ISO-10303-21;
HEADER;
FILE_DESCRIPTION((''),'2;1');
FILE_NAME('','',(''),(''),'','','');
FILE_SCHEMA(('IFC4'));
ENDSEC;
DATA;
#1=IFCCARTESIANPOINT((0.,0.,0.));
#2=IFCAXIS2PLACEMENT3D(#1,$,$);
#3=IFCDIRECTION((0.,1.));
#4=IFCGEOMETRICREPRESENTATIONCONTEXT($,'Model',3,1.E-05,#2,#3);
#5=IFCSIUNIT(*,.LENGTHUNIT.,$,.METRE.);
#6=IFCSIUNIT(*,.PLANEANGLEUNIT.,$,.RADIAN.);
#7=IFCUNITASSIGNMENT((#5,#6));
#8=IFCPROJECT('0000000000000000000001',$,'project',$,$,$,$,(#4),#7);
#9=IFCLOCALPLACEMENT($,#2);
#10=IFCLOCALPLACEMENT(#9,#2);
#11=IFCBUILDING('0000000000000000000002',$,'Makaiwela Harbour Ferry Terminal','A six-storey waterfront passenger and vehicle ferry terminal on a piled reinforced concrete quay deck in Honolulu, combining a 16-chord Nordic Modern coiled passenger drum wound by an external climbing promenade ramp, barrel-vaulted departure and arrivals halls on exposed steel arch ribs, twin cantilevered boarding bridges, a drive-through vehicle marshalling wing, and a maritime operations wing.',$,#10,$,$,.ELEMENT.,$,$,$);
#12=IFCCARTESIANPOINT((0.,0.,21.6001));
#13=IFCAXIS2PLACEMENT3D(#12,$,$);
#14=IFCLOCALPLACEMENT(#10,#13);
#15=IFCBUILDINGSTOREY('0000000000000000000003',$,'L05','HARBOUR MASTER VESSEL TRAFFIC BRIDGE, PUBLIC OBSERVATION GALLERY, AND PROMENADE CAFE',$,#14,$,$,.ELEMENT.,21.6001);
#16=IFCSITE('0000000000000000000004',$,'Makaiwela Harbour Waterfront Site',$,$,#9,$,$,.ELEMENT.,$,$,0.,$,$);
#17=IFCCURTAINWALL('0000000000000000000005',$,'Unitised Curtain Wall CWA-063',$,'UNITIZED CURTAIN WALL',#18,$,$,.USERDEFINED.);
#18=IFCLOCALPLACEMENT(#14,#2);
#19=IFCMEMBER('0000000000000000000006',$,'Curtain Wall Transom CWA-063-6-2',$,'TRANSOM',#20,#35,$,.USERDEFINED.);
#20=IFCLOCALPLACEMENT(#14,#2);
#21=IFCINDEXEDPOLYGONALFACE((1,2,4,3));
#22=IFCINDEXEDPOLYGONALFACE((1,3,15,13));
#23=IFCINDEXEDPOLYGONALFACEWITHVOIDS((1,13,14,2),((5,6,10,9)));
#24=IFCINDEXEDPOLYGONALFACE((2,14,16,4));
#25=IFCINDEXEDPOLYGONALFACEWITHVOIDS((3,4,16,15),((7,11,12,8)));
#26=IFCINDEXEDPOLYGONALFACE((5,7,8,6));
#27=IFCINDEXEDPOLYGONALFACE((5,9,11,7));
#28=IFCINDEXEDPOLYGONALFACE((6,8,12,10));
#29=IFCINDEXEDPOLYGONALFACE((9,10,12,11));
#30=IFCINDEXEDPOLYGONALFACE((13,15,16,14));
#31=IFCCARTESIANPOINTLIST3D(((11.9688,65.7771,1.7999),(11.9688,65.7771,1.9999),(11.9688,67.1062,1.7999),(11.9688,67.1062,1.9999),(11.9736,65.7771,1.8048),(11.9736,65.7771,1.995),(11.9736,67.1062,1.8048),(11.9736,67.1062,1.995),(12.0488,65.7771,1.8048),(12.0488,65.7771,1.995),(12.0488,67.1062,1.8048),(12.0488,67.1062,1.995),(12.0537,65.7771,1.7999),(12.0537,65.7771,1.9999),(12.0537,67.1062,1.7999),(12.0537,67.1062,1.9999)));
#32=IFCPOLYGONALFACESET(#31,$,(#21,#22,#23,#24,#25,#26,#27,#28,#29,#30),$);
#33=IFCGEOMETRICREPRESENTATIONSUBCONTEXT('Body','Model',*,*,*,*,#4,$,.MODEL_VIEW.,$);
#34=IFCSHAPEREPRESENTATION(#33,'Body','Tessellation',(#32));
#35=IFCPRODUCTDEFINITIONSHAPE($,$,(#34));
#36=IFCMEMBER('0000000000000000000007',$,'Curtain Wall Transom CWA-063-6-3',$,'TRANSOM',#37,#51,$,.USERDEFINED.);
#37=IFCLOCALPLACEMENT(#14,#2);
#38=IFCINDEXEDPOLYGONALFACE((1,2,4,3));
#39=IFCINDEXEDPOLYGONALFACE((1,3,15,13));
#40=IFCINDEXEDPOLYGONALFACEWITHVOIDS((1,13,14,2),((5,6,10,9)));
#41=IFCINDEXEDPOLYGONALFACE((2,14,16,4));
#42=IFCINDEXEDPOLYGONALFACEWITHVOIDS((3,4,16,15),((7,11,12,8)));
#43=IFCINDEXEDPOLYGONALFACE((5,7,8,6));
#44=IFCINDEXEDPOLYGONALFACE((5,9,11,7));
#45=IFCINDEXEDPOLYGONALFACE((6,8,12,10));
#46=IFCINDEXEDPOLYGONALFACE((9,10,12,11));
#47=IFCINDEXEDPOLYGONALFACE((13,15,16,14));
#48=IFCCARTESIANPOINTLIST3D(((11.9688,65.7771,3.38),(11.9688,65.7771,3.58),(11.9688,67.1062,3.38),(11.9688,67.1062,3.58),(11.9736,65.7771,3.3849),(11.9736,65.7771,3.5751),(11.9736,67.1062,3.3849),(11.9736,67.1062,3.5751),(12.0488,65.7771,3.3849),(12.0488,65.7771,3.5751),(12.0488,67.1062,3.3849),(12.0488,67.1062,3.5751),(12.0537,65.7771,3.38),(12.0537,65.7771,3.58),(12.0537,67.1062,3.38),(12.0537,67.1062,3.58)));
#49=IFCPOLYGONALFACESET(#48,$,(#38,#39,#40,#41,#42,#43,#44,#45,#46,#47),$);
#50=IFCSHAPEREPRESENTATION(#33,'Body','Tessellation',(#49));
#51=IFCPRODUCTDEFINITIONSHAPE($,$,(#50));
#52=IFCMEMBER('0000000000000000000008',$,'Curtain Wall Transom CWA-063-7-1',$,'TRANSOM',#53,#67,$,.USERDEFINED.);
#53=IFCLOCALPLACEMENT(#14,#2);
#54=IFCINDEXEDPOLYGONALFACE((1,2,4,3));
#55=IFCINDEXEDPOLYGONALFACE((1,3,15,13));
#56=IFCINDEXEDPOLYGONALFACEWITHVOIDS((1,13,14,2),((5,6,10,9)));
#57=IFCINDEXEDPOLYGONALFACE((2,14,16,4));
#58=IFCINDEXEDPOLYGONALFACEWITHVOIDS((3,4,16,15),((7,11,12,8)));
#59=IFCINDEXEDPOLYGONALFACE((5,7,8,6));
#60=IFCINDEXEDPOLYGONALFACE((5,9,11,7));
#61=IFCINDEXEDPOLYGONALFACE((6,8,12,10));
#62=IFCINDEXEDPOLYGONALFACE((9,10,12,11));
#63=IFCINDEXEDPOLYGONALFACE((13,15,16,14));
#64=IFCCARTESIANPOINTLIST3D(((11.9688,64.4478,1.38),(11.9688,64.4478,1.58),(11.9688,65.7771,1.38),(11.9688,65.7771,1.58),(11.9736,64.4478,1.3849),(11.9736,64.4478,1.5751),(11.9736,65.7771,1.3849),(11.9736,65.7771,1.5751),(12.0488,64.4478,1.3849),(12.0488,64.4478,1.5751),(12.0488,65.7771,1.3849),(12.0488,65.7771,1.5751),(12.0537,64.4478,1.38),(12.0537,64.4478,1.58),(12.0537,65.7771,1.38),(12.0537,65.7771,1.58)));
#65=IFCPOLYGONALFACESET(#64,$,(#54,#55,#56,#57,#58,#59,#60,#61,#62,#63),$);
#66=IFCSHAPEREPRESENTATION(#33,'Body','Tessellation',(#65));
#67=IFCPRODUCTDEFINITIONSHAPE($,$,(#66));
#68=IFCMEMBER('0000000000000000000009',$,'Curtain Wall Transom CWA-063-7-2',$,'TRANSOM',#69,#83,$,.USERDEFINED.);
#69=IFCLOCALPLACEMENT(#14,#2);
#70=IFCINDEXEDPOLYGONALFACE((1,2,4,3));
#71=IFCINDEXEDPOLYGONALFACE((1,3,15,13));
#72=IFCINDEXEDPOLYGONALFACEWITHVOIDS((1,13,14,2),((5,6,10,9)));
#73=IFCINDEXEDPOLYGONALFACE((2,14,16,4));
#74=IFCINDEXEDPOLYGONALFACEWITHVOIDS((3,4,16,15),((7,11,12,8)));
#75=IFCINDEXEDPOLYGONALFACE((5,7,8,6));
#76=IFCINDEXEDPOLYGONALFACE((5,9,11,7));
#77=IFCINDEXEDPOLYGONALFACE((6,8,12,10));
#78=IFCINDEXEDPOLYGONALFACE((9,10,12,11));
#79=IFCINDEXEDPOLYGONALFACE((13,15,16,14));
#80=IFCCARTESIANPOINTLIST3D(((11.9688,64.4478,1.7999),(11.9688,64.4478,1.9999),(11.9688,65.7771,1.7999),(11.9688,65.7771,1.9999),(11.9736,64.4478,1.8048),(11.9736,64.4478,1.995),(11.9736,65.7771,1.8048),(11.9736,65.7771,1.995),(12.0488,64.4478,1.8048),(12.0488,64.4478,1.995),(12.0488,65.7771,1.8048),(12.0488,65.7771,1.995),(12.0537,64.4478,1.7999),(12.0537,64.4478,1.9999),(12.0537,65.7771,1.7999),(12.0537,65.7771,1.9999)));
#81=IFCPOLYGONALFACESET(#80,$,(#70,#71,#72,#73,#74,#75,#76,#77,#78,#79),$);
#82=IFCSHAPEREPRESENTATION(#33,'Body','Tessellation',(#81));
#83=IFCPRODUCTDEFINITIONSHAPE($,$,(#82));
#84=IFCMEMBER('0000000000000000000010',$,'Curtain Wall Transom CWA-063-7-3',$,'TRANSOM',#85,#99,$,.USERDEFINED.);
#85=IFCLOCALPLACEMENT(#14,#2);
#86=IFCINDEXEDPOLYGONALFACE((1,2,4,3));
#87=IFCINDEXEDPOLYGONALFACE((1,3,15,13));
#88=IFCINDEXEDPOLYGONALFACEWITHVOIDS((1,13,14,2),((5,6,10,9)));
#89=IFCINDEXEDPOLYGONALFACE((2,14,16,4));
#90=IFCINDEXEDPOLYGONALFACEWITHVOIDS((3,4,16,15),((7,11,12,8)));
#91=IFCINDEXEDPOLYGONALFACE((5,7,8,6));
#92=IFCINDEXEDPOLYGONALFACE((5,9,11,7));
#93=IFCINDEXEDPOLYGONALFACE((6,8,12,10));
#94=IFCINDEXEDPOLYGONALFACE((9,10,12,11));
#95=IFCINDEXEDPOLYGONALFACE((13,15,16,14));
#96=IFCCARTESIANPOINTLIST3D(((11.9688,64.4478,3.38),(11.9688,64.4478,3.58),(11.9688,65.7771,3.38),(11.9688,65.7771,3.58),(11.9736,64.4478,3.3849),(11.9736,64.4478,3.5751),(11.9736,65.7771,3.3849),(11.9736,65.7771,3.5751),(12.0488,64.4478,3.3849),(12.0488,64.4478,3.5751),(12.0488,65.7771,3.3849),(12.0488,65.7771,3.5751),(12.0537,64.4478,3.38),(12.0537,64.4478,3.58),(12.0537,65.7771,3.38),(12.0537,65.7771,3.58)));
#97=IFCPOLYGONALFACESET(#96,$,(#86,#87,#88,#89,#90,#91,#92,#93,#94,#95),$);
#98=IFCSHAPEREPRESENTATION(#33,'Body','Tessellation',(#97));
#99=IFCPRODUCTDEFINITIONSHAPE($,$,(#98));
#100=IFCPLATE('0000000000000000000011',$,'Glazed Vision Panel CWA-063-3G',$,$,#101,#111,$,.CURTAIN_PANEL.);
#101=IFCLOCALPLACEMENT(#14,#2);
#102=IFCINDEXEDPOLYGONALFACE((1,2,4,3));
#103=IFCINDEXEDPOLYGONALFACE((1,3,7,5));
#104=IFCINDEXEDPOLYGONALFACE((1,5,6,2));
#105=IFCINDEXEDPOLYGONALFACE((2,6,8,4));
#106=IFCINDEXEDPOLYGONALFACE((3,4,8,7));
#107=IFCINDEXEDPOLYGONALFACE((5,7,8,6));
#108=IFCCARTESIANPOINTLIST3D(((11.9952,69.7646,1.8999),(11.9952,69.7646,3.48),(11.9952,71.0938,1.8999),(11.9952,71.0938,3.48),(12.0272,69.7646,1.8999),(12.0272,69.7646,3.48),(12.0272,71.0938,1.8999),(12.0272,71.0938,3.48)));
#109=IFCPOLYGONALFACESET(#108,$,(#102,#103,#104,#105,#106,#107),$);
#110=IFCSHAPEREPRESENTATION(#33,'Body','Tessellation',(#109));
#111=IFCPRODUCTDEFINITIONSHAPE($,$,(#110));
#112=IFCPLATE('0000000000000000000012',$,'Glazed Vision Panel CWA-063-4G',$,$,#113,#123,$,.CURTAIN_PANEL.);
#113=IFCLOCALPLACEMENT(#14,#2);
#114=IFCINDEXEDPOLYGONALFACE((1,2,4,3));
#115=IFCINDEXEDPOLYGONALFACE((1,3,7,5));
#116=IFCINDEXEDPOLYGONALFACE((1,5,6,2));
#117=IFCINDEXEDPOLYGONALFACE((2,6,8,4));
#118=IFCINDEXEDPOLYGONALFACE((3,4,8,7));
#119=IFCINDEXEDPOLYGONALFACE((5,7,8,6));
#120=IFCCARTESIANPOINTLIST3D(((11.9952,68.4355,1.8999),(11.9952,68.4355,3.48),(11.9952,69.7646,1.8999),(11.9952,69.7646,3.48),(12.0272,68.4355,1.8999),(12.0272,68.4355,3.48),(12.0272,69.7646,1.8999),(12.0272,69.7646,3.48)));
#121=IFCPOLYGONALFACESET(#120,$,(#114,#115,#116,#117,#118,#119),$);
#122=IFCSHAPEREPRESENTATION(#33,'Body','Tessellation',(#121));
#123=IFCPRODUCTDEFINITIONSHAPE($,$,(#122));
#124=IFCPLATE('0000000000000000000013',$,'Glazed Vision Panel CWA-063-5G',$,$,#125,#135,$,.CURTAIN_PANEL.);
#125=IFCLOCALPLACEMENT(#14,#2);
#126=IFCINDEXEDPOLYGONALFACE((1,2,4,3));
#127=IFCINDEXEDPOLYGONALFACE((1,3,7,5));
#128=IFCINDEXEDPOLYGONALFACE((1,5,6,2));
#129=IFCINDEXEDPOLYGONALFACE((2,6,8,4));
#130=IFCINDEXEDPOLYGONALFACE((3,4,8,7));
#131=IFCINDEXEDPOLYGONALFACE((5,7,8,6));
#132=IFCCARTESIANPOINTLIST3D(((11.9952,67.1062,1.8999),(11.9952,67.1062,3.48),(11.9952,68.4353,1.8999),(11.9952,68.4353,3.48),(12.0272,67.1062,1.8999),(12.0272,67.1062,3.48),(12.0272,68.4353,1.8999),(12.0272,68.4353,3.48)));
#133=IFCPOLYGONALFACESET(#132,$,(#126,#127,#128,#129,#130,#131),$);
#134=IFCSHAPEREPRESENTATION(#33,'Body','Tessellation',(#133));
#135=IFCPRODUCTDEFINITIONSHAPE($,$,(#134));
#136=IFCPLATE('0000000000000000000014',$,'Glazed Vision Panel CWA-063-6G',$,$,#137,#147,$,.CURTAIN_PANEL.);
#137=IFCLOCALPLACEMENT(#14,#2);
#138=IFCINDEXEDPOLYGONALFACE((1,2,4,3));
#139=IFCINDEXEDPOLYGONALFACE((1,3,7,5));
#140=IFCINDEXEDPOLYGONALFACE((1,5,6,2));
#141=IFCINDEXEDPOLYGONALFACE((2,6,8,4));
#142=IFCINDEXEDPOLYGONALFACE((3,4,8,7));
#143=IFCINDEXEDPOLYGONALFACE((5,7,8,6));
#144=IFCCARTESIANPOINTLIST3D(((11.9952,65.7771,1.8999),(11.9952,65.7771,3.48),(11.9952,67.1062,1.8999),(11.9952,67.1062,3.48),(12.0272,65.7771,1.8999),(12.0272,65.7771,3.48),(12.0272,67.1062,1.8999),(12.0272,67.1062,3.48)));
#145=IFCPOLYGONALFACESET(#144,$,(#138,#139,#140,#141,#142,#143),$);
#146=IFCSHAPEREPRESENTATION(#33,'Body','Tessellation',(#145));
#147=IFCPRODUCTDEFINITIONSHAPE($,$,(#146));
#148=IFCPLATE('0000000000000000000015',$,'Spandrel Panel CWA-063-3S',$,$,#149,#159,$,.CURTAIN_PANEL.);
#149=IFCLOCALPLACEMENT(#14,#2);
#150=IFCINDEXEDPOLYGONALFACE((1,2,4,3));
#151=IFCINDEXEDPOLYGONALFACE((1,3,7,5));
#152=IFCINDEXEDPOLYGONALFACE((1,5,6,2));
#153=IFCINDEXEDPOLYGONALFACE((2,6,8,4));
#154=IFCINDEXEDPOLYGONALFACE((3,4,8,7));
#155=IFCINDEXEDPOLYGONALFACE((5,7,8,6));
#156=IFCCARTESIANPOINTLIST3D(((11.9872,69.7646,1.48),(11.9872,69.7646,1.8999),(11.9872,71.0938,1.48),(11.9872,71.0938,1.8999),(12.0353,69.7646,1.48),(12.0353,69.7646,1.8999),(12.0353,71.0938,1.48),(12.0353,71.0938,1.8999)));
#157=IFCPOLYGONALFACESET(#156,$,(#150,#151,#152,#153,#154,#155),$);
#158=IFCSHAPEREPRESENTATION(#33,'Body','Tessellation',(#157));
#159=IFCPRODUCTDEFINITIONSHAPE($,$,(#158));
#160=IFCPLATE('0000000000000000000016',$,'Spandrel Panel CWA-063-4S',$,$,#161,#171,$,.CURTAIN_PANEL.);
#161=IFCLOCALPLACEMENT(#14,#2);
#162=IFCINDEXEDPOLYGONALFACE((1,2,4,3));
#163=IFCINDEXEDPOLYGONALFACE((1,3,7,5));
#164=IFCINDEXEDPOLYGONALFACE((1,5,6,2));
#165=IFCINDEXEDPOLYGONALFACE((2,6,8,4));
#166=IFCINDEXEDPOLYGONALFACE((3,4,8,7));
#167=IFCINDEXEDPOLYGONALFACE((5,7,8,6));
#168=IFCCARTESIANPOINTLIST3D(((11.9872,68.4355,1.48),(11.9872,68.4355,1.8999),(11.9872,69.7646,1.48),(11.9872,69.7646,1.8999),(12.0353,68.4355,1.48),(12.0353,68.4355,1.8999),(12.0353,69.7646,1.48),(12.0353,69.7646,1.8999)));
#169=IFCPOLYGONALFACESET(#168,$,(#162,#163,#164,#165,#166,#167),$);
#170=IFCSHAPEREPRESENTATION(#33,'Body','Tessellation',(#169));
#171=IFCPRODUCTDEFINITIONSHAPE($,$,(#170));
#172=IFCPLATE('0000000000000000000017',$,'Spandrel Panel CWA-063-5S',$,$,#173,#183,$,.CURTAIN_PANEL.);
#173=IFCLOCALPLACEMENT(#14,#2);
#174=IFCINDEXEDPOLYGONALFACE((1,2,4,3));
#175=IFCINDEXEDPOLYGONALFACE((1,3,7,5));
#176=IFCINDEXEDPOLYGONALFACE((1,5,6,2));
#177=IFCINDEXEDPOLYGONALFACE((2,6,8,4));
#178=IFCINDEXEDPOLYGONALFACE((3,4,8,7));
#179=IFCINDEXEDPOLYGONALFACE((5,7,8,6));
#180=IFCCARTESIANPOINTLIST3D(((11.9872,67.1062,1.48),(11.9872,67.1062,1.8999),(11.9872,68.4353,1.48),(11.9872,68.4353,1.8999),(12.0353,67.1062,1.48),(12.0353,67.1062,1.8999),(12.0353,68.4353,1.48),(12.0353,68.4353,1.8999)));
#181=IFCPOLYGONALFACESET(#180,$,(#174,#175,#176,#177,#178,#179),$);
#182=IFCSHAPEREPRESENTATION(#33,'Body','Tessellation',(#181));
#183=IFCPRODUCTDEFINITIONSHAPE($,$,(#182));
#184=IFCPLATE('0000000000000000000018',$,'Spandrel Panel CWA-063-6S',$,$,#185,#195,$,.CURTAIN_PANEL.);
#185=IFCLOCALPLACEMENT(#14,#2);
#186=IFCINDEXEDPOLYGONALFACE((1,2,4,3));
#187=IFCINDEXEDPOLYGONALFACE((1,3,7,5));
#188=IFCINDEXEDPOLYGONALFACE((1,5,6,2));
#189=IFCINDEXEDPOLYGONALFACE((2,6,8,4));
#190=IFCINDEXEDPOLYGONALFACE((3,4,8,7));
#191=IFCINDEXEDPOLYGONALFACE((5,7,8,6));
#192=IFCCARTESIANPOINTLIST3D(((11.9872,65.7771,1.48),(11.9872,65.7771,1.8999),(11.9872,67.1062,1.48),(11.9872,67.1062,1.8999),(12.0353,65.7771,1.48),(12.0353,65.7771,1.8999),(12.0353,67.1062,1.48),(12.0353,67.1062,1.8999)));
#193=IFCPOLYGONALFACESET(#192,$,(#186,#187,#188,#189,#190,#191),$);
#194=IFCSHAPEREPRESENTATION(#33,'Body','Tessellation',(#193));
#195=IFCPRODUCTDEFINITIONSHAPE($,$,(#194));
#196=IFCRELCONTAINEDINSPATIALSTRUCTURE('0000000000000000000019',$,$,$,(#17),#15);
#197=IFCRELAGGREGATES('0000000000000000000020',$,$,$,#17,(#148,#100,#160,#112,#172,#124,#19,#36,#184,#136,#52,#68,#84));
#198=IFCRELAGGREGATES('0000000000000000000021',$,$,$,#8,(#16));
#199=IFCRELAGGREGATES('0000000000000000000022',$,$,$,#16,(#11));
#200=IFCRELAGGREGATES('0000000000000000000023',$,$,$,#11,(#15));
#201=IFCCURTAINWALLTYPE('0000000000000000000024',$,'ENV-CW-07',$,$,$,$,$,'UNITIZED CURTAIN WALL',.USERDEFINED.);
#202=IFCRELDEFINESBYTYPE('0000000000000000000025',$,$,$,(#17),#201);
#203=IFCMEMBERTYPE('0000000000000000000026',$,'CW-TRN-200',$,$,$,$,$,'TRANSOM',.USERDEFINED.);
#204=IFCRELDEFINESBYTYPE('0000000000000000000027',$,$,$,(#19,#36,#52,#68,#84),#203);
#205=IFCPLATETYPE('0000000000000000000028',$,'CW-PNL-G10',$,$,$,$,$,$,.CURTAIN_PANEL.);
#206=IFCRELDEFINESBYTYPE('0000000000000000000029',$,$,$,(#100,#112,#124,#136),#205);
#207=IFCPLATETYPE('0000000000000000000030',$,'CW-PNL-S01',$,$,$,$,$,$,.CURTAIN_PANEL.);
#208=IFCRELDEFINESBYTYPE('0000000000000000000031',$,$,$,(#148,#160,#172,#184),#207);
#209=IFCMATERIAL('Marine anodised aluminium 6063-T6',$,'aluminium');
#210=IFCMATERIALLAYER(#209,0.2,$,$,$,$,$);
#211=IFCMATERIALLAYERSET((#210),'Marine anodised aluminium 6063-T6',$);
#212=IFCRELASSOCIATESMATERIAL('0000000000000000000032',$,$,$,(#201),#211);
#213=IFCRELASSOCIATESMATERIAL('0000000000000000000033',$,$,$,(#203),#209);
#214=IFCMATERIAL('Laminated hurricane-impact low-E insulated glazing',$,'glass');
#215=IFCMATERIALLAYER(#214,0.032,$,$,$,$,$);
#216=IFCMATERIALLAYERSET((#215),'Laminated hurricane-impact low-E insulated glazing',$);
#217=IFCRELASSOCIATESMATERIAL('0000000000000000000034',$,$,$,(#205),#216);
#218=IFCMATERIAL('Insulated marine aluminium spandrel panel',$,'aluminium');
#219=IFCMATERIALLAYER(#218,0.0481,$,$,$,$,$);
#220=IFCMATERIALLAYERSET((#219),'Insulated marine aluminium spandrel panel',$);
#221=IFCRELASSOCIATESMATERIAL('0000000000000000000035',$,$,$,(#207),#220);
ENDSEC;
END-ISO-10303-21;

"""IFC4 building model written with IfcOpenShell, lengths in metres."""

from ifc_helpers import new_model, si_unit, direction, frame, origin, origin_2d, place, context, subcontext, project, spatial, rectangle, hollow_rectangle, extrude, material, layer, layer_set, material_profile, profile_set, type_object, element, aggregate, save


model = new_model("IFC4")

# Units and contexts
model_context = context("Model", 3, precision=1e-05, world=origin(), true_north=direction((0.0, 1.0)))
body_context = subcontext(model_context, "Body", "Model", "MODEL_VIEW")
ifc_project = project(units=[si_unit("LENGTHUNIT", "METRE"), si_unit("PLANEANGLEUNIT", "RADIAN")], contexts=[model_context])

# Site, building, storey
site_placement = place(None, origin())
site = spatial("IfcSite", under=ifc_project, at=site_placement, Name="Makaiwela Harbour Waterfront Site", CompositionType="ELEMENT", RefElevation=0.0)
building_placement = place(site_placement, origin())
building = spatial("IfcBuilding", under=site, at=building_placement, Name="Makaiwela Harbour Ferry Terminal", Description="A six-storey waterfront passenger and vehicle ferry terminal on a piled reinforced concrete quay deck in Honolulu, combining a 16-chord Nordic Modern coiled passenger drum wound by an external climbing promenade ramp, barrel-vaulted departure and arrivals halls on exposed steel arch ribs, twin cantilevered boarding bridges, a drive-through vehicle marshalling wing, and a maritime operations wing.", CompositionType="ELEMENT")
storey_placement = place(building_placement, frame((0.0, 0.0, 21.6001)))
storey = spatial("IfcBuildingStorey", under=building, at=storey_placement, Name="L05", Description="HARBOUR MASTER VESSEL TRAFFIC BRIDGE, PUBLIC OBSERVATION GALLERY, AND PROMENADE CAFE", CompositionType="ELEMENT", Elevation=21.6001)

# Curtain wall, members, plates
ifc_material_1 = material(Name="Marine anodised aluminium 6063-T6", Category="aluminium")
ifc_layer_1 = layer(ifc_material_1, 0.2)
ifc_layer_set_1 = layer_set([ifc_layer_1], Name="Marine anodised aluminium 6063-T6")
curtain_wall_type = type_object("IfcCurtainWallType", Name="ENV-CW-07", ElementType="UNITIZED CURTAIN WALL", PredefinedType="USERDEFINED", material=ifc_layer_set_1)
curtain_wall_placement = place(storey_placement, origin())
curtain_wall = element("IfcCurtainWall", 1, at=curtain_wall_placement, inside=storey, type_object=curtain_wall_type, Name="Unitised Curtain Wall CWA-063", ObjectType="UNITIZED CURTAIN WALL", PredefinedType="USERDEFINED")
ifc_material_profile_1 = material_profile(ifc_material_1, hollow_rectangle(XDim=0.085, YDim=0.2, WallThickness=0.0049, at=origin_2d()), Name="CWT-200X85")
ifc_profile_set_1 = profile_set([ifc_material_profile_1], Name="Marine anodised aluminium 6063-T6")
member_type_1 = type_object("IfcMemberType", Name="CW-TRN-200", ElementType="TRANSOM", PredefinedType="USERDEFINED", material=ifc_profile_set_1)
member_1_placement = place(storey_placement, frame((12.0112, 67.1062, 1.8999), z_axis=(0.0, -1.0, 0.0), x_axis=(1.0, 0.0, 0.0)))
member_1 = element("IfcMember", 2, at=member_1_placement, type_object=member_type_1, Name="Curtain Wall Transom CWA-063-6-2", ObjectType="TRANSOM", PredefinedType="USERDEFINED", context=body_context, shape_type="SweptSolid", body=[
    extrude(hollow_rectangle(XDim=0.085, YDim=0.2, WallThickness=0.0049, at=origin_2d()), origin(), (0.0, 0.0, 1.0), 1.3291),
])
member_2_placement = place(storey_placement, frame((12.0112, 67.1062, 3.48), z_axis=(0.0, -1.0, 0.0), x_axis=(1.0, 0.0, 0.0)))
member_2 = element("IfcMember", 3, at=member_2_placement, type_object=member_type_1, Name="Curtain Wall Transom CWA-063-6-3", ObjectType="TRANSOM", PredefinedType="USERDEFINED", context=body_context, shape_type="SweptSolid", body=[
    extrude(hollow_rectangle(XDim=0.085, YDim=0.2, WallThickness=0.0049, at=origin_2d()), origin(), (0.0, 0.0, 1.0), 1.3291),
])
member_3_placement = place(storey_placement, frame((12.0112, 65.7771, 1.48), z_axis=(0.0, -1.0, 0.0), x_axis=(1.0, 0.0, 0.0)))
member_3 = element("IfcMember", 4, at=member_3_placement, type_object=member_type_1, Name="Curtain Wall Transom CWA-063-7-1", ObjectType="TRANSOM", PredefinedType="USERDEFINED", context=body_context, shape_type="SweptSolid", body=[
    extrude(hollow_rectangle(XDim=0.085, YDim=0.2, WallThickness=0.0049, at=origin_2d()), origin(), (0.0, 0.0, 1.0), 1.3293),
])
member_4_placement = place(storey_placement, frame((12.0112, 65.7771, 1.8999), z_axis=(0.0, -1.0, 0.0), x_axis=(1.0, 0.0, 0.0)))
member_4 = element("IfcMember", 5, at=member_4_placement, type_object=member_type_1, Name="Curtain Wall Transom CWA-063-7-2", ObjectType="TRANSOM", PredefinedType="USERDEFINED", context=body_context, shape_type="SweptSolid", body=[
    extrude(hollow_rectangle(XDim=0.085, YDim=0.2, WallThickness=0.0049, at=origin_2d()), origin(), (0.0, 0.0, 1.0), 1.3293),
])
member_5_placement = place(storey_placement, frame((12.0112, 65.7771, 3.48), z_axis=(0.0, -1.0, 0.0), x_axis=(1.0, 0.0, 0.0)))
member_5 = element("IfcMember", 6, at=member_5_placement, type_object=member_type_1, Name="Curtain Wall Transom CWA-063-7-3", ObjectType="TRANSOM", PredefinedType="USERDEFINED", context=body_context, shape_type="SweptSolid", body=[
    extrude(hollow_rectangle(XDim=0.085, YDim=0.2, WallThickness=0.0049, at=origin_2d()), origin(), (0.0, 0.0, 1.0), 1.3293),
])
ifc_material_2 = material(Name="Laminated hurricane-impact low-E insulated glazing", Category="glass")
ifc_layer_2 = layer(ifc_material_2, 0.032)
ifc_layer_set_2 = layer_set([ifc_layer_2], Name="Laminated hurricane-impact low-E insulated glazing")
plate_type_1 = type_object("IfcPlateType", Name="CW-PNL-G10", PredefinedType="CURTAIN_PANEL", material=ifc_layer_set_2)
plate_1_placement = place(storey_placement, frame((12.0112, 70.4292, 1.8999), z_axis=(0.0, 0.0, 1.0), x_axis=(0.0, -1.0, 0.0)))
plate_1 = element("IfcPlate", 7, at=plate_1_placement, type_object=plate_type_1, Name="Glazed Vision Panel CWA-063-3G", PredefinedType="CURTAIN_PANEL", context=body_context, shape_type="SweptSolid", body=[
    extrude(rectangle(XDim=1.3291, YDim=0.032, at=origin_2d()), origin(), (0.0, 0.0, 1.0), 1.5801),
])
plate_2_placement = place(storey_placement, frame((12.0112, 69.1001, 1.8999), z_axis=(0.0, 0.0, 1.0), x_axis=(0.0, -1.0, 0.0)))
plate_2 = element("IfcPlate", 8, at=plate_2_placement, type_object=plate_type_1, Name="Glazed Vision Panel CWA-063-4G", PredefinedType="CURTAIN_PANEL", context=body_context, shape_type="SweptSolid", body=[
    extrude(rectangle(XDim=1.3291, YDim=0.032, at=origin_2d()), origin(), (0.0, 0.0, 1.0), 1.5801),
])
plate_3_placement = place(storey_placement, frame((12.0112, 67.7708, 1.8999), z_axis=(0.0, 0.0, 1.0), x_axis=(0.0, -1.0, 0.0)))
plate_3 = element("IfcPlate", 9, at=plate_3_placement, type_object=plate_type_1, Name="Glazed Vision Panel CWA-063-5G", PredefinedType="CURTAIN_PANEL", context=body_context, shape_type="SweptSolid", body=[
    extrude(rectangle(XDim=1.3291, YDim=0.032, at=origin_2d()), origin(), (0.0, 0.0, 1.0), 1.5801),
])
plate_4_placement = place(storey_placement, frame((12.0112, 66.4417, 1.8999), z_axis=(0.0, 0.0, 1.0), x_axis=(0.0, -1.0, 0.0)))
plate_4 = element("IfcPlate", 10, at=plate_4_placement, type_object=plate_type_1, Name="Glazed Vision Panel CWA-063-6G", PredefinedType="CURTAIN_PANEL", context=body_context, shape_type="SweptSolid", body=[
    extrude(rectangle(XDim=1.3291, YDim=0.032, at=origin_2d()), origin(), (0.0, 0.0, 1.0), 1.5801),
])
ifc_material_3 = material(Name="Insulated marine aluminium spandrel panel", Category="aluminium")
ifc_layer_3 = layer(ifc_material_3, 0.0481)
ifc_layer_set_3 = layer_set([ifc_layer_3], Name="Insulated marine aluminium spandrel panel")
plate_type_2 = type_object("IfcPlateType", Name="CW-PNL-S01", PredefinedType="CURTAIN_PANEL", material=ifc_layer_set_3)
plate_5_placement = place(storey_placement, frame((12.0112, 70.4292, 1.48), z_axis=(0.0, 0.0, 1.0), x_axis=(0.0, -1.0, 0.0)))
plate_5 = element("IfcPlate", 11, at=plate_5_placement, type_object=plate_type_2, Name="Spandrel Panel CWA-063-3S", PredefinedType="CURTAIN_PANEL", context=body_context, shape_type="SweptSolid", body=[
    extrude(rectangle(XDim=1.3291, YDim=0.0481, at=origin_2d()), origin(), (0.0, 0.0, 1.0), 0.4199),
])
plate_6_placement = place(storey_placement, frame((12.0112, 69.1001, 1.48), z_axis=(0.0, 0.0, 1.0), x_axis=(0.0, -1.0, 0.0)))
plate_6 = element("IfcPlate", 12, at=plate_6_placement, type_object=plate_type_2, Name="Spandrel Panel CWA-063-4S", PredefinedType="CURTAIN_PANEL", context=body_context, shape_type="SweptSolid", body=[
    extrude(rectangle(XDim=1.3291, YDim=0.0481, at=origin_2d()), origin(), (0.0, 0.0, 1.0), 0.4199),
])
plate_7_placement = place(storey_placement, frame((12.0112, 67.7708, 1.48), z_axis=(0.0, 0.0, 1.0), x_axis=(0.0, -1.0, 0.0)))
plate_7 = element("IfcPlate", 13, at=plate_7_placement, type_object=plate_type_2, Name="Spandrel Panel CWA-063-5S", PredefinedType="CURTAIN_PANEL", context=body_context, shape_type="SweptSolid", body=[
    extrude(rectangle(XDim=1.3291, YDim=0.0481, at=origin_2d()), origin(), (0.0, 0.0, 1.0), 0.4199),
])
plate_8_placement = place(storey_placement, frame((12.0112, 66.4417, 1.48), z_axis=(0.0, 0.0, 1.0), x_axis=(0.0, -1.0, 0.0)))
plate_8 = element("IfcPlate", 14, at=plate_8_placement, type_object=plate_type_2, Name="Spandrel Panel CWA-063-6S", PredefinedType="CURTAIN_PANEL", context=body_context, shape_type="SweptSolid", body=[
    extrude(rectangle(XDim=1.3291, YDim=0.0481, at=origin_2d()), origin(), (0.0, 0.0, 1.0), 0.4199),
])
aggregate(curtain_wall, [plate_5, plate_1, plate_6, plate_2, plate_7, plate_3, member_1, member_2, plate_8, plate_4, member_3, member_4, member_5])

save(model, "model.ifc")
